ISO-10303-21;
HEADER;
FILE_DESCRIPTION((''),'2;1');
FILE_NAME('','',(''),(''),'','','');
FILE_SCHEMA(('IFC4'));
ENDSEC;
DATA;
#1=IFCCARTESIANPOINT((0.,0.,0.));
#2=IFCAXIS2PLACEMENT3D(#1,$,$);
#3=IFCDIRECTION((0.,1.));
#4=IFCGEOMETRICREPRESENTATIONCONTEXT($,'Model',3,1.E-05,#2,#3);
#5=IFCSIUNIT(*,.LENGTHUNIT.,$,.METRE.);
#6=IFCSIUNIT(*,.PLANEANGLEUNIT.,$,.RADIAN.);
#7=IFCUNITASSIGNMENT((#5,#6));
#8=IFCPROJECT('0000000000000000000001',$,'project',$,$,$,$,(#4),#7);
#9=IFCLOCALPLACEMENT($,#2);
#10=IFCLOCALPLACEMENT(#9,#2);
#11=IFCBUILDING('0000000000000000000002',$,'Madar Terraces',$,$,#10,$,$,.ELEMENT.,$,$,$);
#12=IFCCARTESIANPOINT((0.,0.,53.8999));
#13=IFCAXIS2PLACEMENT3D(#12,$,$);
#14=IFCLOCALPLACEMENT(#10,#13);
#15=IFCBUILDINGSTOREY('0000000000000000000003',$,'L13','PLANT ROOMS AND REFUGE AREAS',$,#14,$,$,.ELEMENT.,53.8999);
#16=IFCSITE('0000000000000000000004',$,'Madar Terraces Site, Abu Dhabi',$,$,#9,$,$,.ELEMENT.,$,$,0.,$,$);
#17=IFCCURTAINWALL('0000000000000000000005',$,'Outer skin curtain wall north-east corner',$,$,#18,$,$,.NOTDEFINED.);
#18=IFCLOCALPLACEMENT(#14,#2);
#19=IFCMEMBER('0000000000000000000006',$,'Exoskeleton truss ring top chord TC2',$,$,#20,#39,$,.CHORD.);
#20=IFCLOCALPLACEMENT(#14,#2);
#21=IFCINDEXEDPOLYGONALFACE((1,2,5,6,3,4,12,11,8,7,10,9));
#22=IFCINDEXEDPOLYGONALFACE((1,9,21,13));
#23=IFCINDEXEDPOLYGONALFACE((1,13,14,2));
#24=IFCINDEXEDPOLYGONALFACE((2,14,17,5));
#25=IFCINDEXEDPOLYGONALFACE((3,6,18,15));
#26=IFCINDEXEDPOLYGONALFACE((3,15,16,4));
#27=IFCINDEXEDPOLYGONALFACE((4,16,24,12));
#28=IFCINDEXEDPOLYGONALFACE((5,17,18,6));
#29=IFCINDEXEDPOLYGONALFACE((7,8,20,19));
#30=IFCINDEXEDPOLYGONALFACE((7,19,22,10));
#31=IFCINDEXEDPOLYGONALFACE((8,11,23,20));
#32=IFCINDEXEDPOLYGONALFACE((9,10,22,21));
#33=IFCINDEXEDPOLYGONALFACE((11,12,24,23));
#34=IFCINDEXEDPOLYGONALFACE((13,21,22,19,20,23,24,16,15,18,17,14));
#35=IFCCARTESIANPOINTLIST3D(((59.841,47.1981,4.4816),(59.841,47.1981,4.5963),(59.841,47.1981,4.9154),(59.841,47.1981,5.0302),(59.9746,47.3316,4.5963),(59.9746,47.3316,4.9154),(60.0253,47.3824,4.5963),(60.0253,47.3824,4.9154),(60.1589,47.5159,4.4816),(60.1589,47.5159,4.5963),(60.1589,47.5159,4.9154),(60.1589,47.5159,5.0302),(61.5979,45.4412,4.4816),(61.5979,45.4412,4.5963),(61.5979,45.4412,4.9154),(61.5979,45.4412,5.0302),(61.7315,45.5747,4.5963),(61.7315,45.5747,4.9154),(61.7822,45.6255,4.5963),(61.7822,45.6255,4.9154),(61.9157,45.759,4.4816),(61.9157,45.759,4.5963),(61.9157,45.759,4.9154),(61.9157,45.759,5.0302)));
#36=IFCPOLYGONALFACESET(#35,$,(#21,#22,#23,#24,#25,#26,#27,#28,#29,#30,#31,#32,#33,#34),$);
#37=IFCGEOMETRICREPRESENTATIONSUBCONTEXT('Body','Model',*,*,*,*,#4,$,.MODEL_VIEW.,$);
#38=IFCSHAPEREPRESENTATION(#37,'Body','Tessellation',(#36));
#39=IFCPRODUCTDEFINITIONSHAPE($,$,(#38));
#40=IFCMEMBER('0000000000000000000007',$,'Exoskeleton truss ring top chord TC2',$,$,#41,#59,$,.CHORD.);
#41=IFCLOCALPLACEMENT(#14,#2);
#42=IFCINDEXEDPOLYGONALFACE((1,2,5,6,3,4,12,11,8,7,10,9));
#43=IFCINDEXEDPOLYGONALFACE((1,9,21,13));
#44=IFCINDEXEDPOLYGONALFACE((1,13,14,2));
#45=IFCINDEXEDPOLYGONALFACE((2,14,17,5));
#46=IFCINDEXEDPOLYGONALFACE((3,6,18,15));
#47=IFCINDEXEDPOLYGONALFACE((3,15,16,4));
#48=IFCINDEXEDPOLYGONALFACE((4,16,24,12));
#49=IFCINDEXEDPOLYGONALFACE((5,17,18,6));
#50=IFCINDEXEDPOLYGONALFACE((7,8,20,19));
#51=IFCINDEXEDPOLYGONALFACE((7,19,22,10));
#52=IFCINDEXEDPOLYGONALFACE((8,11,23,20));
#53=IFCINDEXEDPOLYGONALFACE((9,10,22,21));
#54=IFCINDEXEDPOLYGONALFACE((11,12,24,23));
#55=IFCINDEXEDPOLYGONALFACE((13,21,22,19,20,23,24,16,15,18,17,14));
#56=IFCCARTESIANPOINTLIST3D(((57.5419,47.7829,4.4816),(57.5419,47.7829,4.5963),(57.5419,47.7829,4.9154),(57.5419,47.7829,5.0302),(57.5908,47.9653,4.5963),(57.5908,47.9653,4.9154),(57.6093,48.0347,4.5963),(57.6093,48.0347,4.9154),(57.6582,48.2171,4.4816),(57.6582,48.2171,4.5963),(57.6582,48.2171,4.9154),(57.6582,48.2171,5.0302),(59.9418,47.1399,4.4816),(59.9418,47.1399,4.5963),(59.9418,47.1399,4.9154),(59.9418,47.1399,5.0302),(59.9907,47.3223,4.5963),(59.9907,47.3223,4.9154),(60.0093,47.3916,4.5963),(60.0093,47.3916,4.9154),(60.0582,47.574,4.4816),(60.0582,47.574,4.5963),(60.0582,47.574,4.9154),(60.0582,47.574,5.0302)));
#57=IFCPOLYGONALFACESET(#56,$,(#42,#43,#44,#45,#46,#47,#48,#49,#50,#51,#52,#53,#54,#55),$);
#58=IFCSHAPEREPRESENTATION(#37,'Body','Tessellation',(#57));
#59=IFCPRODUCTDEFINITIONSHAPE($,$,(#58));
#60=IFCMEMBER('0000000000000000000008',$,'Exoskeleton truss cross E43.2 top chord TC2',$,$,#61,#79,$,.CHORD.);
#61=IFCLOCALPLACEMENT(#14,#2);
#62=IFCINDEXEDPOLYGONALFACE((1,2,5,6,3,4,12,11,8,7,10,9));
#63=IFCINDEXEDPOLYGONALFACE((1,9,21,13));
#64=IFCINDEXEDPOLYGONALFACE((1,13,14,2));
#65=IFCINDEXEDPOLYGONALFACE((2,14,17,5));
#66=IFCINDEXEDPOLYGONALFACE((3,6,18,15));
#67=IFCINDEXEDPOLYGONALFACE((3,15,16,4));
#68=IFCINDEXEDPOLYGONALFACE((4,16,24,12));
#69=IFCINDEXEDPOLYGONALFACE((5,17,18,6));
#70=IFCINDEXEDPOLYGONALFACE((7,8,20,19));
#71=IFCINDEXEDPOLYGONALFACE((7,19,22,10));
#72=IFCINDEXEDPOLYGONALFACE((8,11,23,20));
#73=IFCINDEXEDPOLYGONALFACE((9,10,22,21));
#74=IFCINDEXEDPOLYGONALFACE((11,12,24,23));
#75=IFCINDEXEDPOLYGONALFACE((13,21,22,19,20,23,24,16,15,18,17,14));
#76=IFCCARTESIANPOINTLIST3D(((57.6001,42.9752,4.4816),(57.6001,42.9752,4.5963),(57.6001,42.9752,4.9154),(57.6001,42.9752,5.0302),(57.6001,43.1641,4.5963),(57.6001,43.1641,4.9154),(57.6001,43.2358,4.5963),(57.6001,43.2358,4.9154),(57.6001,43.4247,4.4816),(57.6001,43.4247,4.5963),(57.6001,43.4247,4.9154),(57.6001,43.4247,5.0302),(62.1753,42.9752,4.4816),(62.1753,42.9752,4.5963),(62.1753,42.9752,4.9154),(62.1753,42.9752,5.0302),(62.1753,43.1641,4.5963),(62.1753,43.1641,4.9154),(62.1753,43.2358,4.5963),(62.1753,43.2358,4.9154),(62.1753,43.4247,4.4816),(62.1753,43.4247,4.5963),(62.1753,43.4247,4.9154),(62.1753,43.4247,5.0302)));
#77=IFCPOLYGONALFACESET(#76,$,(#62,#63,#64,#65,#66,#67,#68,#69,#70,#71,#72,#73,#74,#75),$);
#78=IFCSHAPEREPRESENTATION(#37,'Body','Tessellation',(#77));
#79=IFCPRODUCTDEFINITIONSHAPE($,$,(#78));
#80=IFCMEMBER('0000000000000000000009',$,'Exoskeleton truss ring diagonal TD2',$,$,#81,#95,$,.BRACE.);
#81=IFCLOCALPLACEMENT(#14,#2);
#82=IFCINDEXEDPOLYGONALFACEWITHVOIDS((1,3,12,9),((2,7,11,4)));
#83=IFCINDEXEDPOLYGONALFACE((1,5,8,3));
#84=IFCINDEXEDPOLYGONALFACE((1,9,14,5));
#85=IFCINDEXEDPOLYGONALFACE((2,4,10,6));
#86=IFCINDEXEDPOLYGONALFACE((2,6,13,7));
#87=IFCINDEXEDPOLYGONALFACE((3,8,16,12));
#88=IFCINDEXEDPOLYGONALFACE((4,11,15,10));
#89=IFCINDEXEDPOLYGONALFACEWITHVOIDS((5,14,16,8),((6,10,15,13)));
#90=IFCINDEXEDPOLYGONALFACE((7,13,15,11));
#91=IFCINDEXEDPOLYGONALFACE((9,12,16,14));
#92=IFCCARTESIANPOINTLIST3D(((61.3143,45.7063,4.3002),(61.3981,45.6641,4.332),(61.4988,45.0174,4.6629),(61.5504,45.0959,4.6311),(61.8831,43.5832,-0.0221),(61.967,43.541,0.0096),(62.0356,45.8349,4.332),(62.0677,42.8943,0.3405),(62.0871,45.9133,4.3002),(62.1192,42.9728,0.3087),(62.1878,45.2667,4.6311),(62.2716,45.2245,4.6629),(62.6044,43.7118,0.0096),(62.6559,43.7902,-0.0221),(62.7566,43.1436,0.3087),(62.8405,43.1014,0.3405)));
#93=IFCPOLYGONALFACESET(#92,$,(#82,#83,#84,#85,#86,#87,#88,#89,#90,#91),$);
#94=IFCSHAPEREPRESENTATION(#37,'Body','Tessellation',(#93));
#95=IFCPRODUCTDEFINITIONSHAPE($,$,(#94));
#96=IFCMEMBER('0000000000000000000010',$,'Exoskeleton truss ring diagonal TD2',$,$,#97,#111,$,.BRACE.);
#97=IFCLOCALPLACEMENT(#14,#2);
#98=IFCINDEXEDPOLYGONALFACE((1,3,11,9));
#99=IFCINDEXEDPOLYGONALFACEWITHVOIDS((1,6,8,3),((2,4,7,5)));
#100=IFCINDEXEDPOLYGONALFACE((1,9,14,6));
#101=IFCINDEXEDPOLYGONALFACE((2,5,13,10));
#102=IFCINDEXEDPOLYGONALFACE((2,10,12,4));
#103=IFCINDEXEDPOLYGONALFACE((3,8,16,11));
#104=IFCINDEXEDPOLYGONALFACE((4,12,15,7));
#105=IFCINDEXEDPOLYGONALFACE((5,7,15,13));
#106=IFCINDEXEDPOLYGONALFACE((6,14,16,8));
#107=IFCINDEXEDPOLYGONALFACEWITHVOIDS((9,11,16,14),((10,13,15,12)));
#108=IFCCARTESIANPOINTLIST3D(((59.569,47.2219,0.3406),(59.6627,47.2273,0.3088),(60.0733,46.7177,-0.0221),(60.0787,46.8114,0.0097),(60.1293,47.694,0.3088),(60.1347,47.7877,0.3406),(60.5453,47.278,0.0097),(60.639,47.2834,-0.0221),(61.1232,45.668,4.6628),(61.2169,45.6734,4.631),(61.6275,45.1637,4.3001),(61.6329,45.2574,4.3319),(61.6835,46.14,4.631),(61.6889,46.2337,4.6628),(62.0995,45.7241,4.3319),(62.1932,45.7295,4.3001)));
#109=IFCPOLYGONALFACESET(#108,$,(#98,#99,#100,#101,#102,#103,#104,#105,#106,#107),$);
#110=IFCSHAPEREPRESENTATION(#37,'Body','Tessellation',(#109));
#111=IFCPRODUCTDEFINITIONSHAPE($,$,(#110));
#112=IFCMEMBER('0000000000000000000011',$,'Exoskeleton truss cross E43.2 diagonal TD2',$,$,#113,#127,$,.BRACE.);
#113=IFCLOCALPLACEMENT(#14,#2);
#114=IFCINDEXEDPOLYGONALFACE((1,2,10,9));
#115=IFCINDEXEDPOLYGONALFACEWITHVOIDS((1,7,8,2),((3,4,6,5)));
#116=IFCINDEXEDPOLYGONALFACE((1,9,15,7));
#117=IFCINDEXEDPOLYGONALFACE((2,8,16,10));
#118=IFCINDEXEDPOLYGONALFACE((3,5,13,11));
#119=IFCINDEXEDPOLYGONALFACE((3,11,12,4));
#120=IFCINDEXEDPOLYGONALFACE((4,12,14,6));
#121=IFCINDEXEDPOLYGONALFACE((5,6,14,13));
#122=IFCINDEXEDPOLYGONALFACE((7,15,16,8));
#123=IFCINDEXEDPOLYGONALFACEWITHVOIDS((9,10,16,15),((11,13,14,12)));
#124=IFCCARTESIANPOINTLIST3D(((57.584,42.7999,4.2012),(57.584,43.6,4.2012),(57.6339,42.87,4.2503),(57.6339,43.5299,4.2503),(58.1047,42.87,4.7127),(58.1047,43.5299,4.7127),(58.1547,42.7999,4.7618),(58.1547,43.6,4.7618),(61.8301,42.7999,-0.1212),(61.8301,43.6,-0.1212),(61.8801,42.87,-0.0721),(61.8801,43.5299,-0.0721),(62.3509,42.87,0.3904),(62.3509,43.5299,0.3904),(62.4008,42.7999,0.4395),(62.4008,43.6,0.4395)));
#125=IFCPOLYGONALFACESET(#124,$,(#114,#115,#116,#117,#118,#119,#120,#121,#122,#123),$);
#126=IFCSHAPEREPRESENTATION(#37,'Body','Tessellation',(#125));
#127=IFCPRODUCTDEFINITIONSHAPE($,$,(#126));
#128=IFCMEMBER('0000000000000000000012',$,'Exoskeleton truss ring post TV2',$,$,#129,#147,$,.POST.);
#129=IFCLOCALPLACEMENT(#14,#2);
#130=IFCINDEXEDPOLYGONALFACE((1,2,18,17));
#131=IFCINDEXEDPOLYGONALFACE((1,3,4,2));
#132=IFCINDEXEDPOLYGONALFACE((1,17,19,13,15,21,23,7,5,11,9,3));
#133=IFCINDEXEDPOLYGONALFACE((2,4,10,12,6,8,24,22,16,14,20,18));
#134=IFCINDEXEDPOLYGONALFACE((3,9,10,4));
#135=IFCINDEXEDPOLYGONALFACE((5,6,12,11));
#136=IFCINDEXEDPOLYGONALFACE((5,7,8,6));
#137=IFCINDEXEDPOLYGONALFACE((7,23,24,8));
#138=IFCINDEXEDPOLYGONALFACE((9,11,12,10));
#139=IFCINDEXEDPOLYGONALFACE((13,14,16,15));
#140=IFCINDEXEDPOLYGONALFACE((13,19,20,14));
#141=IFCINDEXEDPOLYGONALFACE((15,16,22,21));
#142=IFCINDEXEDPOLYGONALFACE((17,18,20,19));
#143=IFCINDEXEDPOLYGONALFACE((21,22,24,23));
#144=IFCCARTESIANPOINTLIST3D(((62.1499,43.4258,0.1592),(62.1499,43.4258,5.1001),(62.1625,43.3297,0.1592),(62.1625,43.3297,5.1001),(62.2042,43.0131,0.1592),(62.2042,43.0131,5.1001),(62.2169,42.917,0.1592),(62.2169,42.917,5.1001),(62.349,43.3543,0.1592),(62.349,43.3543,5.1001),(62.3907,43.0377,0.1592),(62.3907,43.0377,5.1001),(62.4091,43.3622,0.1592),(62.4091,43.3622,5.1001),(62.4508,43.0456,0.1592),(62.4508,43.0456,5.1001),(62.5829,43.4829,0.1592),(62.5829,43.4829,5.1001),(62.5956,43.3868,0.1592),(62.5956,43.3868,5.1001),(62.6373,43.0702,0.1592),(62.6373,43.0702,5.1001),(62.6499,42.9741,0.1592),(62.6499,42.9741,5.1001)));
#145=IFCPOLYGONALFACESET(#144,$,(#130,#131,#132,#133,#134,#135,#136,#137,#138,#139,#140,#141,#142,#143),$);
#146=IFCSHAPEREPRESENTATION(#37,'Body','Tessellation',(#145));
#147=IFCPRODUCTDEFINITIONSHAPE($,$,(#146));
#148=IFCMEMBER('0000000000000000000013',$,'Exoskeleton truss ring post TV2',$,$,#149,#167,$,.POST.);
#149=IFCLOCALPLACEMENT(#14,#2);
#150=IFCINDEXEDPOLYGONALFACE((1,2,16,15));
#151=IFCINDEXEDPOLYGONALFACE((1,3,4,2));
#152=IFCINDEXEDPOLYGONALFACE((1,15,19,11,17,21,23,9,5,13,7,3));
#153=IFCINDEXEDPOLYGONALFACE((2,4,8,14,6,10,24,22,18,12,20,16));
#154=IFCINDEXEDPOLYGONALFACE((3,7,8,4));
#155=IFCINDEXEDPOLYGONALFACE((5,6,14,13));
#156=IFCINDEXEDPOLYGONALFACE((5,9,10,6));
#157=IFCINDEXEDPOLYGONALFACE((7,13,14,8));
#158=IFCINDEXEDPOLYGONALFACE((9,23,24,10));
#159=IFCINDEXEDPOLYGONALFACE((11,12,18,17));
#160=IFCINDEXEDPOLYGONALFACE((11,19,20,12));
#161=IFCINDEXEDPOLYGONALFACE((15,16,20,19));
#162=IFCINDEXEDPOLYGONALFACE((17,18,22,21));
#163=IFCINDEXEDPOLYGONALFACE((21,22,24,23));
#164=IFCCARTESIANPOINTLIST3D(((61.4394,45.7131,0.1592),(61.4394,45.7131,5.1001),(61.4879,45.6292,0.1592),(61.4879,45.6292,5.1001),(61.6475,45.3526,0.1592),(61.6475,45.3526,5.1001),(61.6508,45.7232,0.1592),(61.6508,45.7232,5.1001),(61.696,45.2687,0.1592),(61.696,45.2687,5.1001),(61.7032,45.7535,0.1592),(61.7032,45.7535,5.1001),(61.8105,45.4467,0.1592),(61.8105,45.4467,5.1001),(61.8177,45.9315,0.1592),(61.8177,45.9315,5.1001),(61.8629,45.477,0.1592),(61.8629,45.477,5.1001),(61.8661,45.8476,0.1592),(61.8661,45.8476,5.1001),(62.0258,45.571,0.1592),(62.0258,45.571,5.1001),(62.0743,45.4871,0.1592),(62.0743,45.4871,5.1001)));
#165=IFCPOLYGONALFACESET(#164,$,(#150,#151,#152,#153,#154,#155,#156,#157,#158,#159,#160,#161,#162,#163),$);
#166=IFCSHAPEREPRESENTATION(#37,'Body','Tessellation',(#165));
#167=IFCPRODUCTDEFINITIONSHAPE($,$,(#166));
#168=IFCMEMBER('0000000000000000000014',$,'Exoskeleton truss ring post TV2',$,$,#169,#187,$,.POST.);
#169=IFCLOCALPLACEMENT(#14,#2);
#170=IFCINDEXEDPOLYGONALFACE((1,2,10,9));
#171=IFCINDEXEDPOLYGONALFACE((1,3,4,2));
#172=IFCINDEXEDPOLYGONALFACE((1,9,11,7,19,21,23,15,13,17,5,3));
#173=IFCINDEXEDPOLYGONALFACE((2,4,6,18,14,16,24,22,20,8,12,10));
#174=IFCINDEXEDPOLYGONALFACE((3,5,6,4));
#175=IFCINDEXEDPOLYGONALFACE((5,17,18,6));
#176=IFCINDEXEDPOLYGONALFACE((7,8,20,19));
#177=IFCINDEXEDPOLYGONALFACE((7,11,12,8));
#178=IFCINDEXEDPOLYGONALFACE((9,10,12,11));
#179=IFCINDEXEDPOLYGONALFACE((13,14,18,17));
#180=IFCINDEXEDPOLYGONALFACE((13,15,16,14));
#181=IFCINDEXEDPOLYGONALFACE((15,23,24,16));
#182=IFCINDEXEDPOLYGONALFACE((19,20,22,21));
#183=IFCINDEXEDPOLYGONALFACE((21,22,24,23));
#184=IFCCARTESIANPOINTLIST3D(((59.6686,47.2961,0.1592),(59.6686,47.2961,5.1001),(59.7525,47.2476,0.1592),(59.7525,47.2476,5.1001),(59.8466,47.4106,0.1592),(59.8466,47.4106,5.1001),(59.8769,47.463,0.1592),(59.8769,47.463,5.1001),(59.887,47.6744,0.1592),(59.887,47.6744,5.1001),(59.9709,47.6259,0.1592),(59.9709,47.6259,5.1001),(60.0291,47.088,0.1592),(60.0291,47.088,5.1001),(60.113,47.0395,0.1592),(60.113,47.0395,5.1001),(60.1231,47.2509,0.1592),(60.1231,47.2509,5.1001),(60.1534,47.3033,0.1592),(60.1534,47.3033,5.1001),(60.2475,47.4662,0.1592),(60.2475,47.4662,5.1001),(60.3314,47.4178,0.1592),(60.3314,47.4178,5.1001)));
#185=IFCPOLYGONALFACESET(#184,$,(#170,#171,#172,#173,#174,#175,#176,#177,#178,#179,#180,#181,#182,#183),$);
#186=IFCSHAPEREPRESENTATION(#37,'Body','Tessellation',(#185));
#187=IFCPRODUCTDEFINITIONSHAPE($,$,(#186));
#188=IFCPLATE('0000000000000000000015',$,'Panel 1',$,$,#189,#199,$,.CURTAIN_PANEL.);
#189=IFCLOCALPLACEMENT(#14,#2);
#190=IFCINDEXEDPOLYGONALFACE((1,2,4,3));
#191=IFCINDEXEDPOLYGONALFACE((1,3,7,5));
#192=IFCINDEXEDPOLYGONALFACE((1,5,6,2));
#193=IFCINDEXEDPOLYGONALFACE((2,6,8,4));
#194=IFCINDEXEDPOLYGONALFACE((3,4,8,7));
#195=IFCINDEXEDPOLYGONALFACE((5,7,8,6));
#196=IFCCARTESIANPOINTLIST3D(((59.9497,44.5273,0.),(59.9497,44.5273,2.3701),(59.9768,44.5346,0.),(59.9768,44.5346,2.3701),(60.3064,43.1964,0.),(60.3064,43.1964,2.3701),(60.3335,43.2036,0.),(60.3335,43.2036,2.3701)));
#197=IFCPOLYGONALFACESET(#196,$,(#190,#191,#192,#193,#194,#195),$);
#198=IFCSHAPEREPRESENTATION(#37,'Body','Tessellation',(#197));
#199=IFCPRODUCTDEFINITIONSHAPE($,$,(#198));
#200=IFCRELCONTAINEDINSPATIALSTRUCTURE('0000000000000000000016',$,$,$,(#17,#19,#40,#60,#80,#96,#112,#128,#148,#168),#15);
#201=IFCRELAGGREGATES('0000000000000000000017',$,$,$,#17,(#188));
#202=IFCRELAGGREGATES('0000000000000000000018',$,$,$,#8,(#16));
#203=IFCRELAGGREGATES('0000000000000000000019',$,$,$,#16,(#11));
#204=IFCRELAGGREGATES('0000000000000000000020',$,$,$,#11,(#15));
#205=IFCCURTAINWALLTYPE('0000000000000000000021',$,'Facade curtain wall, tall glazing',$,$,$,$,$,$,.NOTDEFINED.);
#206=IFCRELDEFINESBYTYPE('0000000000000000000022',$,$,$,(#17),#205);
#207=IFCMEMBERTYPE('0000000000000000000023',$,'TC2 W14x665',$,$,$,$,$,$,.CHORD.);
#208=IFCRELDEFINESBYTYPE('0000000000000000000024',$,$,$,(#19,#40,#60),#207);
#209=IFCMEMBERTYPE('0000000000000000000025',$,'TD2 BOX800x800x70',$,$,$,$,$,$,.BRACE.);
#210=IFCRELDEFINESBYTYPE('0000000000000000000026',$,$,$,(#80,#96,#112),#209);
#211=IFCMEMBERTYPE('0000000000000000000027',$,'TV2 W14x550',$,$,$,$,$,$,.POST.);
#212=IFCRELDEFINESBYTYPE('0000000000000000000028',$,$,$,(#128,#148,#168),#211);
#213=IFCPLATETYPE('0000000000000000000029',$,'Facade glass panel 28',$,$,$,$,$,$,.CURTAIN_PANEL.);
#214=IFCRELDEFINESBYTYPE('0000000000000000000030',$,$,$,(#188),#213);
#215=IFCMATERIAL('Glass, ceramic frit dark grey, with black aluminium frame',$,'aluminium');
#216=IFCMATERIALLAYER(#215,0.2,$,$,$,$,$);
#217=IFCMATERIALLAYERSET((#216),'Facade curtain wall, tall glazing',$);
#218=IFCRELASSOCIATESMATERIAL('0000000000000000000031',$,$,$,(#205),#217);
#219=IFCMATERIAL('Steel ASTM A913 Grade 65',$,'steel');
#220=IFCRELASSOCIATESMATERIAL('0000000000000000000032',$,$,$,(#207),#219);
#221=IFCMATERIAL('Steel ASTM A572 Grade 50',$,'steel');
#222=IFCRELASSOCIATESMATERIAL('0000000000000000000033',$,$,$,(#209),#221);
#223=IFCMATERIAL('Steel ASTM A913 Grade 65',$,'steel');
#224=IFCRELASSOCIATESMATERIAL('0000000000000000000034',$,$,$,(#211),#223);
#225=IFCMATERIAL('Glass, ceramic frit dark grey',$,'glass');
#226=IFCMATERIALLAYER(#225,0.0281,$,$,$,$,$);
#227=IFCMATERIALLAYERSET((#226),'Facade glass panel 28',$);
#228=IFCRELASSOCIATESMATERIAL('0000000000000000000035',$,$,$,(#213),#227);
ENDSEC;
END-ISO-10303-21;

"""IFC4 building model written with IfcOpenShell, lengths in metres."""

from ifc_helpers import new_model, si_unit, direction, frame, origin, origin_2d, place, context, subcontext, project, spatial, rectangle, hollow_rectangle, i_section, extrude, material, layer, layer_set, material_profile, profile_set, type_object, element, aggregate, save


model = new_model("IFC4")

# Units and contexts
model_context = context("Model", 3, precision=1e-05, world=origin(), true_north=direction((0.0, 1.0)))
body_context = subcontext(model_context, "Body", "Model", "MODEL_VIEW")
ifc_project = project(units=[si_unit("LENGTHUNIT", "METRE"), si_unit("PLANEANGLEUNIT", "RADIAN")], contexts=[model_context])

# Site, building, storey
site_placement = place(None, origin())
site = spatial("IfcSite", under=ifc_project, at=site_placement, Name="Madar Terraces Site, Abu Dhabi", CompositionType="ELEMENT", RefElevation=0.0)
building_placement = place(site_placement, origin())
building = spatial("IfcBuilding", under=site, at=building_placement, Name="Madar Terraces", CompositionType="ELEMENT")
storey_placement = place(building_placement, frame((0.0, 0.0, 53.8999)))
storey = spatial("IfcBuildingStorey", under=building, at=storey_placement, Name="L13", Description="PLANT ROOMS AND REFUGE AREAS", CompositionType="ELEMENT", Elevation=53.8999)

# Curtain wall
ifc_material_1 = material(Name="Glass, ceramic frit dark grey, with black aluminium frame", Category="aluminium")
ifc_layer_1 = layer(ifc_material_1, 0.2)
ifc_layer_set_1 = layer_set([ifc_layer_1], Name="Facade curtain wall, tall glazing")
curtain_wall_type = type_object("IfcCurtainWallType", Name="Facade curtain wall, tall glazing", PredefinedType="NOTDEFINED", material=ifc_layer_set_1)
curtain_wall_placement = place(storey_placement, origin())
curtain_wall = element("IfcCurtainWall", 1, at=curtain_wall_placement, inside=storey, type_object=curtain_wall_type, Name="Outer skin curtain wall north-east corner", PredefinedType="NOTDEFINED")

# Members
ifc_material_2 = material(Name="Steel ASTM A913 Grade 65", Category="steel")
ifc_material_profile_1 = material_profile(ifc_material_2, i_section(OverallWidth=0.4495, OverallDepth=0.5486, WebThickness=0.0718, FlangeThickness=0.1147, at=origin_2d()), Name="W14x665")
ifc_profile_set_1 = profile_set([ifc_material_profile_1], Name="Steel ASTM A913 Grade 65")
member_type_1 = type_object("IfcMemberType", Name="TC2 W14x665", PredefinedType="CHORD", material=ifc_profile_set_1)
for number, where, z_axis, x_axis, name in (
    (2, (61.7568, 45.6001, 4.7559), (-0.707107, 0.707107, 0.0), (-0.707107, -0.707107, 0.0), "Exoskeleton truss ring top chord TC2"),
    (3, (60.0, 47.3569, 4.7559), (-0.965924, 0.258824, 0.0), (-0.258824, -0.965924, 0.0), "Exoskeleton truss ring top chord TC2"),
):
    element("IfcMember", number, at=place(storey_placement, frame(where, z_axis=z_axis, x_axis=x_axis)), inside=storey, type_object=member_type_1, Name=name, PredefinedType="CHORD", context=body_context, shape_type="SweptSolid", body=[
        extrude(i_section(OverallWidth=0.4495, OverallDepth=0.5486, WebThickness=0.0718, FlangeThickness=0.1147, at=origin_2d()), origin(), (0.0, 0.0, 1.0), 2.4846),
    ])
member_1_placement = place(storey_placement, frame((62.1753, 43.2, 4.7559), z_axis=(-1.0, 0.0, 0.0), x_axis=(0.0, -1.0, 0.0)))
element("IfcMember", 4, at=member_1_placement, inside=storey, type_object=member_type_1, Name="Exoskeleton truss cross E43.2 top chord TC2", PredefinedType="CHORD", context=body_context, shape_type="SweptSolid", body=[
    extrude(i_section(OverallWidth=0.4495, OverallDepth=0.5486, WebThickness=0.0718, FlangeThickness=0.1147, at=origin_2d()), origin(), (0.0, 0.0, 1.0), 4.5752),
])
ifc_material_3 = material(Name="Steel ASTM A572 Grade 50", Category="steel")
ifc_material_profile_2 = material_profile(ifc_material_3, hollow_rectangle(XDim=0.8, YDim=0.8, WallThickness=0.0701, at=origin_2d()), Name="BOX800x800x70")
ifc_profile_set_2 = profile_set([ifc_material_profile_2], Name="Steel ASTM A572 Grade 50")
member_type_2 = type_object("IfcMemberType", Name="TD2 BOX800x800x70", PredefinedType="BRACE", material=ifc_profile_set_2)
member_2_placement = place(storey_placement, frame((62.3618, 43.3423, 0.1592), z_axis=(-0.117312, 0.437831, 0.891371), x_axis=(-0.965928, -0.25881, 0.0)))
element("IfcMember", 5, at=member_2_placement, inside=storey, type_object=member_type_2, Name="Exoskeleton truss ring diagonal TD2", PredefinedType="BRACE", context=body_context, shape_type="SweptSolid", body=[
    extrude(hollow_rectangle(XDim=0.8, YDim=0.8, WallThickness=0.0701, at=origin_2d()), origin(), (0.0, 0.0, 1.0), 4.8491),
])
member_3_placement = place(storey_placement, frame((61.6582, 45.6987, 4.4814), z_axis=(-0.320523, 0.320473, -0.891382), x_axis=(-0.707051, -0.707162, 0.0)))
element("IfcMember", 6, at=member_3_placement, inside=storey, type_object=member_type_2, Name="Exoskeleton truss ring diagonal TD2", PredefinedType="BRACE", context=body_context, shape_type="SweptSolid", body=[
    extrude(hollow_rectangle(XDim=0.8, YDim=0.8, WallThickness=0.0701, at=origin_2d()), origin(), (0.0, 0.0, 1.0), 4.8489),
])
member_4_placement = place(storey_placement, frame((62.1155, 43.2, 0.1592), z_axis=(-0.700793, 0.0, 0.713365), x_axis=(0.0, -1.0, 0.0)))
element("IfcMember", 7, at=member_4_placement, inside=storey, type_object=member_type_2, Name="Exoskeleton truss cross E43.2 diagonal TD2", PredefinedType="BRACE", context=body_context, shape_type="SweptSolid", body=[
    extrude(hollow_rectangle(XDim=0.8, YDim=0.8, WallThickness=0.0701, at=origin_2d()), origin(), (0.0, 0.0, 1.0), 6.0591),
])
ifc_material_4 = material(Name="Steel ASTM A913 Grade 65", Category="steel")
ifc_material_profile_3 = material_profile(ifc_material_4, i_section(OverallWidth=0.4368, OverallDepth=0.5132, WebThickness=0.0605, FlangeThickness=0.0969, at=origin_2d()), Name="W14x550")
ifc_profile_set_3 = profile_set([ifc_material_profile_3], Name="Steel ASTM A913 Grade 65")
member_type_3 = type_object("IfcMemberType", Name="TV2 W14x550", PredefinedType="POST", material=ifc_profile_set_3)
for number, where, z_axis, x_axis, name in (
    (8, (62.3999, 43.2, 0.1592), (0.0, 0.0, 1.0), (-0.991445, -0.130526, 0.0), "Exoskeleton truss ring post TV2"),
    (9, (61.7568, 45.6001, 0.1592), (0.0, 0.0, 1.0), (-0.866025, -0.5, 0.0), "Exoskeleton truss ring post TV2"),
    (10, (60.0, 47.3569, 0.1592), (0.0, 0.0, 1.0), (-0.5, -0.866025, 0.0), "Exoskeleton truss ring post TV2"),
):
    element("IfcMember", number, at=place(storey_placement, frame(where, z_axis=z_axis, x_axis=x_axis)), inside=storey, type_object=member_type_3, Name=name, PredefinedType="POST", context=body_context, shape_type="SweptSolid", body=[
        extrude(i_section(OverallWidth=0.4368, OverallDepth=0.5132, WebThickness=0.0605, FlangeThickness=0.0969, at=origin_2d()), origin(), (0.0, 0.0, 1.0), 4.9409),
    ])

# Plate
ifc_material_5 = material(Name="Glass, ceramic frit dark grey", Category="glass")
ifc_layer_2 = layer(ifc_material_5, 0.0281)
ifc_layer_set_2 = layer_set([ifc_layer_2], Name="Facade glass panel 28")
plate_type = type_object("IfcPlateType", Name="Facade glass panel 28", PredefinedType="CURTAIN_PANEL", material=ifc_layer_set_2)
plate_1_placement = place(storey_placement, frame((60.1416, 43.8655, 0.0), z_axis=(0.0, 0.0, 1.0), x_axis=(-0.258819, 0.965926, 0.0)))
plate_1 = element("IfcPlate", 11, at=plate_1_placement, type_object=plate_type, Name="Panel 1", PredefinedType="CURTAIN_PANEL", context=body_context, shape_type="SweptSolid", body=[
    extrude(rectangle(XDim=1.3779, YDim=0.0281, at=origin_2d()), origin(), (0.0, 0.0, 1.0), 2.3701),
])
aggregate(curtain_wall, [plate_1])

save(model, "model.ifc")
